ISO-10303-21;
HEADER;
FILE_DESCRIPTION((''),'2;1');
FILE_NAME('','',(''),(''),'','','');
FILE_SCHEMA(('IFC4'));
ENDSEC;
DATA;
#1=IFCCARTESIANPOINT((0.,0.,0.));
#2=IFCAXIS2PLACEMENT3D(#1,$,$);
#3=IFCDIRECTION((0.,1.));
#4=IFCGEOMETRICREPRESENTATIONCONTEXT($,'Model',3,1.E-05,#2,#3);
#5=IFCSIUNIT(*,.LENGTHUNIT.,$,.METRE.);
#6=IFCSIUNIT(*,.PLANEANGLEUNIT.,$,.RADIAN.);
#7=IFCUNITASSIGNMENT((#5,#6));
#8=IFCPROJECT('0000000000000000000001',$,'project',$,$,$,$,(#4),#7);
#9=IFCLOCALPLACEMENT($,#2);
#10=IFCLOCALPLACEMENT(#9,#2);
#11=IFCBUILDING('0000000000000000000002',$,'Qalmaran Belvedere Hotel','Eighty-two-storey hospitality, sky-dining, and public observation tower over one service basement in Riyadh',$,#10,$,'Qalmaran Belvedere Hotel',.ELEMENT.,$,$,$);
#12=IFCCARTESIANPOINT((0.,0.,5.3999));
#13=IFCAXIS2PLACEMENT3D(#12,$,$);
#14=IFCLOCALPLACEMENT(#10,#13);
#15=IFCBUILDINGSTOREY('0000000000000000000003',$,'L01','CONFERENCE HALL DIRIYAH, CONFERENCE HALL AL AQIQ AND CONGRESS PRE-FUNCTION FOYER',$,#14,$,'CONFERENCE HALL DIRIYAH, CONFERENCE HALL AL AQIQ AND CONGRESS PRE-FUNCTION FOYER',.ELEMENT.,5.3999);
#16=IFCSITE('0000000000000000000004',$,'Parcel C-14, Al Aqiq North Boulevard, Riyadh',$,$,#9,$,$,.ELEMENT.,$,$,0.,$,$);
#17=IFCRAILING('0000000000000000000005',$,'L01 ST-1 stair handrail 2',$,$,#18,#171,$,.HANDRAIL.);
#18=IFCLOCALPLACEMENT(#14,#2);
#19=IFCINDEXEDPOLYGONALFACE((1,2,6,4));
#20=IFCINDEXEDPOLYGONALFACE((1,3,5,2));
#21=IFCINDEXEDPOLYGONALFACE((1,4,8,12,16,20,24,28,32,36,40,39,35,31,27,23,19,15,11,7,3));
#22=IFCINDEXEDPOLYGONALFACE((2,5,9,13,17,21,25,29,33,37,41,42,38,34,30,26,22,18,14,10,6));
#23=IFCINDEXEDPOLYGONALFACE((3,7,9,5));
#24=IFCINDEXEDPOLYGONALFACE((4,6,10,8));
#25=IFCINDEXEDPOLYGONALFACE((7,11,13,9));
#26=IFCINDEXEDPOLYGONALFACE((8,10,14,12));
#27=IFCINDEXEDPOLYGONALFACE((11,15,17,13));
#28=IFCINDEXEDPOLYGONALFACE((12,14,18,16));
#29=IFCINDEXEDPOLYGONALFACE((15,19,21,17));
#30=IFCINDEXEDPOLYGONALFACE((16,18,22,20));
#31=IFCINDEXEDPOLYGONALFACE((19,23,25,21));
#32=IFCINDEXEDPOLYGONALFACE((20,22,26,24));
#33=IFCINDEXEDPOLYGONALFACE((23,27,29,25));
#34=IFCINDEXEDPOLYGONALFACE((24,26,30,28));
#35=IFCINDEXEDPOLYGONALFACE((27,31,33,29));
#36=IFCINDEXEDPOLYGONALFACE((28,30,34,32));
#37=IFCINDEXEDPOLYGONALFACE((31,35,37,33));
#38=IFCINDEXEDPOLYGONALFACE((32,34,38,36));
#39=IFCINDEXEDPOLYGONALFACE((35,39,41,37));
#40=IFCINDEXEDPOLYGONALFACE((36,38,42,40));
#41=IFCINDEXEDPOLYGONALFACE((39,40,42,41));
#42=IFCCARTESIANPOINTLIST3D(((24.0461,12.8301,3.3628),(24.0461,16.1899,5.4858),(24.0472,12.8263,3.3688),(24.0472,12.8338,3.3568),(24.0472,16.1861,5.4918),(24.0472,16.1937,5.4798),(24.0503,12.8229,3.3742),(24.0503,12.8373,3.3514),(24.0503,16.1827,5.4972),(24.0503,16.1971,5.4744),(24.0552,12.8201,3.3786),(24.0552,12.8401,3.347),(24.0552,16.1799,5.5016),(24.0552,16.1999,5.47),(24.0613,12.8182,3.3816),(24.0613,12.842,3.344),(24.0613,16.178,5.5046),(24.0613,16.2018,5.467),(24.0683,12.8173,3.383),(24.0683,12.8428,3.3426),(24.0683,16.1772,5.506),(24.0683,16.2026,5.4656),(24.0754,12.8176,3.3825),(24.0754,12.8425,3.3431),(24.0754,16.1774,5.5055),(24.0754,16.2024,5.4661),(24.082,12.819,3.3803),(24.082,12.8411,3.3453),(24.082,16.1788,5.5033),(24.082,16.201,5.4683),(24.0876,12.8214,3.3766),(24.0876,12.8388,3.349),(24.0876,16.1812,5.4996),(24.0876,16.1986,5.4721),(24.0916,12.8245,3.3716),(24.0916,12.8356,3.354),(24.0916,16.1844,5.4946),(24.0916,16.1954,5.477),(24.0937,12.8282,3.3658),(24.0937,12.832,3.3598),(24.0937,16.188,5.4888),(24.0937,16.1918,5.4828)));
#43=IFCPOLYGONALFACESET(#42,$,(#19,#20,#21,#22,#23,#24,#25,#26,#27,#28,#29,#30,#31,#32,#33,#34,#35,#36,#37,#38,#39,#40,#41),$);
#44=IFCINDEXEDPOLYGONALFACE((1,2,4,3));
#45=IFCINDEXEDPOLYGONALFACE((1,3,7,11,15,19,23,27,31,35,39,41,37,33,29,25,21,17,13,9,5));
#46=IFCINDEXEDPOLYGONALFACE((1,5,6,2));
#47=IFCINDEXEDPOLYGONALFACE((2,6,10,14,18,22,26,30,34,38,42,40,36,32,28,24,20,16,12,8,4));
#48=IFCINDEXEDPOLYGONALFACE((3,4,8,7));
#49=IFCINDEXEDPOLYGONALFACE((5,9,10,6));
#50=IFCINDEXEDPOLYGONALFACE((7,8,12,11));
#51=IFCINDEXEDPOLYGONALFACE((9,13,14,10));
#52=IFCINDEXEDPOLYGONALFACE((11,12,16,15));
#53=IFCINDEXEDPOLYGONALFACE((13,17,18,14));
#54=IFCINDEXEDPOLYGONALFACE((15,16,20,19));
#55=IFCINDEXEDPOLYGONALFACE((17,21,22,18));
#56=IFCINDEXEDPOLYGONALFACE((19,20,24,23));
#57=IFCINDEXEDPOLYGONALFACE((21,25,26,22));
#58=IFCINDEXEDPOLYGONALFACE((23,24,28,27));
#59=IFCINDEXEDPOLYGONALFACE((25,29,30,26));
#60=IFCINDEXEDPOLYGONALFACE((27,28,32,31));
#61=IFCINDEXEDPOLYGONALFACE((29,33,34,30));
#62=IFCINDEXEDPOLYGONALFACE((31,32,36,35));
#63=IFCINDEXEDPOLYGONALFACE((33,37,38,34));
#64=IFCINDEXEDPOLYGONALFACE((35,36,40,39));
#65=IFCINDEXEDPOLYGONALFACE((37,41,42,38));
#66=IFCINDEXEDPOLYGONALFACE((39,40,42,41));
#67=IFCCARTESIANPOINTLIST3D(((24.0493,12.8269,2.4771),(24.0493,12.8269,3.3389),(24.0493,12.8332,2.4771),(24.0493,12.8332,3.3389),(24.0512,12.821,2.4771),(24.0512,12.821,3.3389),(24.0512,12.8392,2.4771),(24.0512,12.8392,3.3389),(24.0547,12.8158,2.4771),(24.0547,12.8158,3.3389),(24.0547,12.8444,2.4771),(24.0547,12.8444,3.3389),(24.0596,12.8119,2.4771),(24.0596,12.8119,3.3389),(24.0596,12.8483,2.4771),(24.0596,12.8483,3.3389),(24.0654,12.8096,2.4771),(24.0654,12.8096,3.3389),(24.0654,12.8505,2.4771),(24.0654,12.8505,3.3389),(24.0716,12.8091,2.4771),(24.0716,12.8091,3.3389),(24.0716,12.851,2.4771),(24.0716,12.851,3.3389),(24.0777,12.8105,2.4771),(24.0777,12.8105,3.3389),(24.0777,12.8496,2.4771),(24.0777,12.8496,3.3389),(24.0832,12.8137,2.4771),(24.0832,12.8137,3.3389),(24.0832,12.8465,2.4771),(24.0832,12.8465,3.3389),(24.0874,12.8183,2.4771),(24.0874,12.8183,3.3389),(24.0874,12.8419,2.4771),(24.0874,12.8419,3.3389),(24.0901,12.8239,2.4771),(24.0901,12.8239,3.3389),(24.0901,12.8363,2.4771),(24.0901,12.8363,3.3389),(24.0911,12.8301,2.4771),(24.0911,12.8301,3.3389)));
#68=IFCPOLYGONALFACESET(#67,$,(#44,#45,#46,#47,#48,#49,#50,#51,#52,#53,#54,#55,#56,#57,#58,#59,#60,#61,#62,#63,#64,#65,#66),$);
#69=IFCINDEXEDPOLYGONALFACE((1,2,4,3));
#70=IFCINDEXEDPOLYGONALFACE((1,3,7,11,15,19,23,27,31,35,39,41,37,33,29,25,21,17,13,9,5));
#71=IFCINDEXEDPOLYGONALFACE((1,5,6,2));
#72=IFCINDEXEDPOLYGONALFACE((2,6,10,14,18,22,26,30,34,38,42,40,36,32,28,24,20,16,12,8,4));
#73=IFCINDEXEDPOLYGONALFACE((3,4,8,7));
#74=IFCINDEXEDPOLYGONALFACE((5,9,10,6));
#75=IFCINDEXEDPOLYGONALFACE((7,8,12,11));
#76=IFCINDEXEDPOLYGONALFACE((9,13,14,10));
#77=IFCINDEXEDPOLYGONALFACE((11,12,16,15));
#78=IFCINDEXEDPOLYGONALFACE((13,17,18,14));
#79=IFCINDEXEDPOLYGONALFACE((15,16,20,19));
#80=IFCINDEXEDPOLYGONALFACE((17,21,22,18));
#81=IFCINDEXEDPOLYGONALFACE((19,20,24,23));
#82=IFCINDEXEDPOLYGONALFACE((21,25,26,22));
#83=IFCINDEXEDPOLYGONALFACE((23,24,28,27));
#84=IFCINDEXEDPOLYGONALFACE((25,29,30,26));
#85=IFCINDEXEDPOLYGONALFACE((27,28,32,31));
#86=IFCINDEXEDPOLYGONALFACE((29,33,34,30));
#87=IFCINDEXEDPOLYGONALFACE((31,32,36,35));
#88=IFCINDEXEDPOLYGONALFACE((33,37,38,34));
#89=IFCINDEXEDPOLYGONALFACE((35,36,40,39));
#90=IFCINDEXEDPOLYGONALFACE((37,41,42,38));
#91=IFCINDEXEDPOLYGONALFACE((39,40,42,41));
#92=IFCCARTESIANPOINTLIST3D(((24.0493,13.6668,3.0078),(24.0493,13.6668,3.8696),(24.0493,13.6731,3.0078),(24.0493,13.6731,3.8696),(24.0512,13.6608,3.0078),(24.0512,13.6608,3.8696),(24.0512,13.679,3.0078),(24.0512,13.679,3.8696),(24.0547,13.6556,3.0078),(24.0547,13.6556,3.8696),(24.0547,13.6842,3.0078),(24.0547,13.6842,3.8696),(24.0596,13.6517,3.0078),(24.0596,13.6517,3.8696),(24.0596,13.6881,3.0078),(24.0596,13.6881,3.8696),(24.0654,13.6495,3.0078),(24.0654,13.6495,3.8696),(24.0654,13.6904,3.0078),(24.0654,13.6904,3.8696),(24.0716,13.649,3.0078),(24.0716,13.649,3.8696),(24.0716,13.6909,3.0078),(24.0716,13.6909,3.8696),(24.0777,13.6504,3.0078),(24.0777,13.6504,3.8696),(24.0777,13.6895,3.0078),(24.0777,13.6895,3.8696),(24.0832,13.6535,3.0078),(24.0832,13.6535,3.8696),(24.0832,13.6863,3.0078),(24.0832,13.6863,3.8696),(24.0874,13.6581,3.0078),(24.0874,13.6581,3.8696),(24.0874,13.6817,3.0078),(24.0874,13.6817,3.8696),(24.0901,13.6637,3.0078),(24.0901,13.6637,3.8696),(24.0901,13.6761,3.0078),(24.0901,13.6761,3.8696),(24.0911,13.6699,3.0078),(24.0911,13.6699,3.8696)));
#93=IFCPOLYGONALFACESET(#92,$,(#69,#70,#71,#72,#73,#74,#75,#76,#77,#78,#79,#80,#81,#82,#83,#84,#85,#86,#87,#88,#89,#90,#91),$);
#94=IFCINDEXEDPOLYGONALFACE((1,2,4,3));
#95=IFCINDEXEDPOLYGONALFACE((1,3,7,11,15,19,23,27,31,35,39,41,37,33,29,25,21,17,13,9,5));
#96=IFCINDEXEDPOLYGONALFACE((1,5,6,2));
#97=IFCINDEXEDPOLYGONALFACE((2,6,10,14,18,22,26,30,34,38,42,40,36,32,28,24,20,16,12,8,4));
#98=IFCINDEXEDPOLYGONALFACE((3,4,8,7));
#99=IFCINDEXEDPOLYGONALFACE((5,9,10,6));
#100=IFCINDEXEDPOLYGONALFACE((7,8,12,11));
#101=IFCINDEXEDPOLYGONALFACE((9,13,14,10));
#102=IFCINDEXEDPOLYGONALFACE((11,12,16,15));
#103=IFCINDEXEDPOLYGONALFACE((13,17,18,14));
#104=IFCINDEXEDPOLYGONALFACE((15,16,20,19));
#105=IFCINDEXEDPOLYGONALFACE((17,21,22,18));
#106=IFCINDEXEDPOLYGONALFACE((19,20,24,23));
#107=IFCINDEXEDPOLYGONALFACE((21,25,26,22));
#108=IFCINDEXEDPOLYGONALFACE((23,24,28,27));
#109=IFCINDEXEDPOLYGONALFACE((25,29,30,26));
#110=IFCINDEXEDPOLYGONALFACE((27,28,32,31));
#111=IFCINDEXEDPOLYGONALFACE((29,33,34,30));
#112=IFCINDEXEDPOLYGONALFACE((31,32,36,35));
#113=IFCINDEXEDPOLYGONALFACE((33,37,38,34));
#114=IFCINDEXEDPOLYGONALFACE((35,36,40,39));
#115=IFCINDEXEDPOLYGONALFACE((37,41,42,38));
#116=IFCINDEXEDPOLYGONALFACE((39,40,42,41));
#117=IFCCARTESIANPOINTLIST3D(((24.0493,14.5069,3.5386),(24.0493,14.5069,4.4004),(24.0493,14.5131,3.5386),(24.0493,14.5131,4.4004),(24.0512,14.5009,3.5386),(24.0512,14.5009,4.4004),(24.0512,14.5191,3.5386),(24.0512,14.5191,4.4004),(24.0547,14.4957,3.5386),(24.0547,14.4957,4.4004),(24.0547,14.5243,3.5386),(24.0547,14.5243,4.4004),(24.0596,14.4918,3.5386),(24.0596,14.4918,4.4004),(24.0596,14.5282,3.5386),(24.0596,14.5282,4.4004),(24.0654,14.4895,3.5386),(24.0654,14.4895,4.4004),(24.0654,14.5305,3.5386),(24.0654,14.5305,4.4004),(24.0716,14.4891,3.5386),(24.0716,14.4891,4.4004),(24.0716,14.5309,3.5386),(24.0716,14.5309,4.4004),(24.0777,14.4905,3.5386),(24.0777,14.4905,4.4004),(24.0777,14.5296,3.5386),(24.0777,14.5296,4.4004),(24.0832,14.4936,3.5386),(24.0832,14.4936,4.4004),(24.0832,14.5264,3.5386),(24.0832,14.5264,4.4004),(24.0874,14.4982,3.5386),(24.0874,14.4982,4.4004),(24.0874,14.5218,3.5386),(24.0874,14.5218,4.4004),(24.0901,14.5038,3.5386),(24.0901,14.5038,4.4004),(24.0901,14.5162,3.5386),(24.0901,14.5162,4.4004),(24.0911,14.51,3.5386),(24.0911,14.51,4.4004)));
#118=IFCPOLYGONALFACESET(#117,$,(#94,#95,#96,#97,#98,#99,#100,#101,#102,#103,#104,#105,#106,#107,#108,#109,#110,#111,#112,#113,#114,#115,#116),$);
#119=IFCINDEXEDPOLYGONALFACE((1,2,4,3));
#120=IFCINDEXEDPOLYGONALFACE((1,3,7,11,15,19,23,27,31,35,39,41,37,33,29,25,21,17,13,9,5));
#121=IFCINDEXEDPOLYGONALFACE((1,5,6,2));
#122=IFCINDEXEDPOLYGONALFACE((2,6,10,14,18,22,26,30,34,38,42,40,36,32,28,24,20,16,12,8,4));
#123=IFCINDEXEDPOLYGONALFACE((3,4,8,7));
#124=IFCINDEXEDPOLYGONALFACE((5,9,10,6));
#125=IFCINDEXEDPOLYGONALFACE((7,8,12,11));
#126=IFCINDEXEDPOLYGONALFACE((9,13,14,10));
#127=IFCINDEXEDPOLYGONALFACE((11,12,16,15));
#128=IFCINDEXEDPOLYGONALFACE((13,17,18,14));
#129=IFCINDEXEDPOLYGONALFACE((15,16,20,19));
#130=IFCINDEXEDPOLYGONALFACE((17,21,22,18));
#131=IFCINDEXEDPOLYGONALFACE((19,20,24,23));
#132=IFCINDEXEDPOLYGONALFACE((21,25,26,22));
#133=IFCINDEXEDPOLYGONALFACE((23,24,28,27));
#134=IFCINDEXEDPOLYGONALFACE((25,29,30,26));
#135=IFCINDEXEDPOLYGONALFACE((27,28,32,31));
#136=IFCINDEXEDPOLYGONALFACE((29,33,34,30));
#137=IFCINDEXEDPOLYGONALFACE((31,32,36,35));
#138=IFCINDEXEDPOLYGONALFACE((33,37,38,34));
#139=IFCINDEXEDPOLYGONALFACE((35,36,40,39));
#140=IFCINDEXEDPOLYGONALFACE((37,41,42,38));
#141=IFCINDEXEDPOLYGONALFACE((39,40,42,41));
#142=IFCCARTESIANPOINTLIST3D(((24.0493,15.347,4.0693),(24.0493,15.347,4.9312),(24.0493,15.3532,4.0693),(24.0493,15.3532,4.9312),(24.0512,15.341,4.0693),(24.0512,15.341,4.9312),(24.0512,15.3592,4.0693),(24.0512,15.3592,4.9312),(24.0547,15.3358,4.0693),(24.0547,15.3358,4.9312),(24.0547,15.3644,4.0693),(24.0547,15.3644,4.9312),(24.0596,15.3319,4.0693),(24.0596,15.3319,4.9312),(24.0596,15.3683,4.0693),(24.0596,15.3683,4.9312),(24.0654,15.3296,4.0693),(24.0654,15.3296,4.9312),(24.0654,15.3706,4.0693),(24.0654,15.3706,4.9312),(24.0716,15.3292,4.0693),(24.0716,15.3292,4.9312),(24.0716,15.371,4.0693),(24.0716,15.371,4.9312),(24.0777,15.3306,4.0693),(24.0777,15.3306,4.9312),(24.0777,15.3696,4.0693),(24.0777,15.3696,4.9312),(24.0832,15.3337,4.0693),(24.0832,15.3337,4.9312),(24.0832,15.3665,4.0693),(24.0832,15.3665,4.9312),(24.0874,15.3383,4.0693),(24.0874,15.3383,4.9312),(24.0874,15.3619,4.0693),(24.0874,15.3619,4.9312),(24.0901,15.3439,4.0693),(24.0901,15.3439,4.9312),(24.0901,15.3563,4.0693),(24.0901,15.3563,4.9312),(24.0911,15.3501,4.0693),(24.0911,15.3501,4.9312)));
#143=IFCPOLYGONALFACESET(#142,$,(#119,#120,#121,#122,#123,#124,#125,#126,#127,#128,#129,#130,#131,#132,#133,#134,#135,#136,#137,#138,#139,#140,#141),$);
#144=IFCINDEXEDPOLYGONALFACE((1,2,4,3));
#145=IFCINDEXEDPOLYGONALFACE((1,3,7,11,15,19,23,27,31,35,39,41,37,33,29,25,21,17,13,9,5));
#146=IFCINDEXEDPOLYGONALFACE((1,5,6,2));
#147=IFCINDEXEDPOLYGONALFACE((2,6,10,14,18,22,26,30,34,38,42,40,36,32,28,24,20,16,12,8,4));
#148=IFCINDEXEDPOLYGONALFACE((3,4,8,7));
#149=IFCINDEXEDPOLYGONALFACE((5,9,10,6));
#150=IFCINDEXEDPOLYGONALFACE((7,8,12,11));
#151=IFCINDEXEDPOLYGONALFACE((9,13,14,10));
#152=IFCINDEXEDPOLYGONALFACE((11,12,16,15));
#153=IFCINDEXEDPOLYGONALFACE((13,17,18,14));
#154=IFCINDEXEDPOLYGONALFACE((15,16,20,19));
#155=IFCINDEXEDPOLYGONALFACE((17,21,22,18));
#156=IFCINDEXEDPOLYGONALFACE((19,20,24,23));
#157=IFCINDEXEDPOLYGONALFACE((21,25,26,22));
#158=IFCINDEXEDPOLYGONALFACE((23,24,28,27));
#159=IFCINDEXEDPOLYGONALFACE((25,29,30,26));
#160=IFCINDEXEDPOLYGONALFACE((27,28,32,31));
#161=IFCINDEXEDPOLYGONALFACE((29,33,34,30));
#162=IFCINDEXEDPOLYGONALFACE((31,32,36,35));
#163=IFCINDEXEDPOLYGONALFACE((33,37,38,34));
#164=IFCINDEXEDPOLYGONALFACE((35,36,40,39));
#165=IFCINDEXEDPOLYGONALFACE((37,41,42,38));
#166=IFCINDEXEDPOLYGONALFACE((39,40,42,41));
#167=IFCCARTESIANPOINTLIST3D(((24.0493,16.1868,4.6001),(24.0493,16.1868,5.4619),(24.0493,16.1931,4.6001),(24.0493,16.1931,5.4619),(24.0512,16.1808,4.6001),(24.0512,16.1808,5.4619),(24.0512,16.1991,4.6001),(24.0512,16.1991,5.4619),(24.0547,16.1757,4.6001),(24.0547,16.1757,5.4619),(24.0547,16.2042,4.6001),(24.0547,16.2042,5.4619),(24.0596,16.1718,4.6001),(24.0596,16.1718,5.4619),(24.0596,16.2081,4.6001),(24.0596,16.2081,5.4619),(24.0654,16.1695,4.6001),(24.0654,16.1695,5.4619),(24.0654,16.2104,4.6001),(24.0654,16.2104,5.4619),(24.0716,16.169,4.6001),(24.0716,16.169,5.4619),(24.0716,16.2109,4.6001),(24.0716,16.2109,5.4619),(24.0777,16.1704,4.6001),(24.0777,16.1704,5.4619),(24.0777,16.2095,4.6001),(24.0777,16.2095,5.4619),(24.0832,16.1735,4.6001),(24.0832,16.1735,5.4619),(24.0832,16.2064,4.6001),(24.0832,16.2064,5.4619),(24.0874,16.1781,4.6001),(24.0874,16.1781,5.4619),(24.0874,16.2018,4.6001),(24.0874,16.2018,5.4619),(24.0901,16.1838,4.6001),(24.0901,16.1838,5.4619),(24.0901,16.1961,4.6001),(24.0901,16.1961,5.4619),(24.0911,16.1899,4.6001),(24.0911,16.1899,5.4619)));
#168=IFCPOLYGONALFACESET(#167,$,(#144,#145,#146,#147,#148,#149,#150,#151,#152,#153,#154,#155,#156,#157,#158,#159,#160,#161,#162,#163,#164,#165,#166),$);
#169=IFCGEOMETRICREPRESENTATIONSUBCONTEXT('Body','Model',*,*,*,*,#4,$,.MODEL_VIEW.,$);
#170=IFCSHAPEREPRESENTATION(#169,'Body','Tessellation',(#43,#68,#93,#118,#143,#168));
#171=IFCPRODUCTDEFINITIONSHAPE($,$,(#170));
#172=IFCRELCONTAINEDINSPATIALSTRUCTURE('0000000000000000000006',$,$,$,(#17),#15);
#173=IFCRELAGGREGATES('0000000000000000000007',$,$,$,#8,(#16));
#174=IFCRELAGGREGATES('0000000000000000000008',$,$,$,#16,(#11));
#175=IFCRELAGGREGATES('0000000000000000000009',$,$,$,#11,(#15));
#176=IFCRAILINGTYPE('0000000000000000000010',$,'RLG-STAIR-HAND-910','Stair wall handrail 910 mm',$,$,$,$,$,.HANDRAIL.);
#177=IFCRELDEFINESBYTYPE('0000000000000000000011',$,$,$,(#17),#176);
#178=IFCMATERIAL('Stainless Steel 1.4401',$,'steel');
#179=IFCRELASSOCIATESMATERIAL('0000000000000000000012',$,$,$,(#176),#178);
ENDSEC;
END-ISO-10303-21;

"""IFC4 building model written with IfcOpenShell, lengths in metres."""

from ifc_helpers import new_model, si_unit, direction, frame, origin, origin_2d, place, context, subcontext, project, spatial, circle, extrude, material, type_object, element, save


model = new_model("IFC4")

# Units and contexts
model_context = context("Model", 3, precision=1e-05, world=origin(), true_north=direction((0.0, 1.0)))
body_context = subcontext(model_context, "Body", "Model", "MODEL_VIEW")
ifc_project = project(units=[si_unit("LENGTHUNIT", "METRE"), si_unit("PLANEANGLEUNIT", "RADIAN")], contexts=[model_context])

# Site, building, storey
site_placement = place(None, origin())
site = spatial("IfcSite", under=ifc_project, at=site_placement, Name="Parcel C-14, Al Aqiq North Boulevard, Riyadh", CompositionType="ELEMENT", RefElevation=0.0)
building_placement = place(site_placement, origin())
building = spatial("IfcBuilding", under=site, at=building_placement, Name="Qalmaran Belvedere Hotel", Description="Eighty-two-storey hospitality, sky-dining, and public observation tower over one service basement in Riyadh", LongName="Qalmaran Belvedere Hotel", CompositionType="ELEMENT")
storey_placement = place(building_placement, frame((0.0, 0.0, 5.3999)))
storey = spatial("IfcBuildingStorey", under=building, at=storey_placement, Name="L01", Description="CONFERENCE HALL DIRIYAH, CONFERENCE HALL AL AQIQ AND CONGRESS PRE-FUNCTION FOYER", LongName="CONFERENCE HALL DIRIYAH, CONFERENCE HALL AL AQIQ AND CONGRESS PRE-FUNCTION FOYER", CompositionType="ELEMENT", Elevation=5.3999)

# Shared definitions
ifc_material_1 = material(Name="Stainless Steel 1.4401", Category="steel")

# Railing
railing_type_1 = type_object("IfcRailingType", Name="RLG-STAIR-HAND-910", Description="Stair wall handrail 910 mm", PredefinedType="HANDRAIL", material=ifc_material_1)
railing_1_placement = place(storey_placement, frame((24.0701, 12.8301, 2.4771)))
element("IfcRailing", 1, at=railing_1_placement, inside=storey, type_object=railing_type_1, Name="L01 ST-1 stair handrail 2", PredefinedType="HANDRAIL", context=body_context, shape_type="SweptSolid", body=[
    extrude(circle(Radius=0.0239, at=origin_2d()), frame((0.0, 0.0, 0.8857), z_axis=(0.0, 0.845372, 0.534178), x_axis=(-1.0, 0.0, 0.0)), (0.0, 0.0, 1.0), 3.9744),
    extrude(circle(Radius=0.021, at=origin_2d()), origin(), (0.0, 0.0, 1.0), 0.8618),
    extrude(circle(Radius=0.021, at=origin_2d()), frame((0.0, 0.8398, 0.5308)), (0.0, 0.0, 1.0), 0.8618),
    extrude(circle(Radius=0.021, at=origin_2d()), frame((0.0, 1.6799, 1.0615)), (0.0, 0.0, 1.0), 0.8618),
    extrude(circle(Radius=0.021, at=origin_2d()), frame((0.0, 2.52, 1.5923)), (0.0, 0.0, 1.0), 0.8618),
    extrude(circle(Radius=0.021, at=origin_2d()), frame((0.0, 3.3599, 2.123)), (0.0, 0.0, 1.0), 0.8618),
])

save(model, "model.ifc")
